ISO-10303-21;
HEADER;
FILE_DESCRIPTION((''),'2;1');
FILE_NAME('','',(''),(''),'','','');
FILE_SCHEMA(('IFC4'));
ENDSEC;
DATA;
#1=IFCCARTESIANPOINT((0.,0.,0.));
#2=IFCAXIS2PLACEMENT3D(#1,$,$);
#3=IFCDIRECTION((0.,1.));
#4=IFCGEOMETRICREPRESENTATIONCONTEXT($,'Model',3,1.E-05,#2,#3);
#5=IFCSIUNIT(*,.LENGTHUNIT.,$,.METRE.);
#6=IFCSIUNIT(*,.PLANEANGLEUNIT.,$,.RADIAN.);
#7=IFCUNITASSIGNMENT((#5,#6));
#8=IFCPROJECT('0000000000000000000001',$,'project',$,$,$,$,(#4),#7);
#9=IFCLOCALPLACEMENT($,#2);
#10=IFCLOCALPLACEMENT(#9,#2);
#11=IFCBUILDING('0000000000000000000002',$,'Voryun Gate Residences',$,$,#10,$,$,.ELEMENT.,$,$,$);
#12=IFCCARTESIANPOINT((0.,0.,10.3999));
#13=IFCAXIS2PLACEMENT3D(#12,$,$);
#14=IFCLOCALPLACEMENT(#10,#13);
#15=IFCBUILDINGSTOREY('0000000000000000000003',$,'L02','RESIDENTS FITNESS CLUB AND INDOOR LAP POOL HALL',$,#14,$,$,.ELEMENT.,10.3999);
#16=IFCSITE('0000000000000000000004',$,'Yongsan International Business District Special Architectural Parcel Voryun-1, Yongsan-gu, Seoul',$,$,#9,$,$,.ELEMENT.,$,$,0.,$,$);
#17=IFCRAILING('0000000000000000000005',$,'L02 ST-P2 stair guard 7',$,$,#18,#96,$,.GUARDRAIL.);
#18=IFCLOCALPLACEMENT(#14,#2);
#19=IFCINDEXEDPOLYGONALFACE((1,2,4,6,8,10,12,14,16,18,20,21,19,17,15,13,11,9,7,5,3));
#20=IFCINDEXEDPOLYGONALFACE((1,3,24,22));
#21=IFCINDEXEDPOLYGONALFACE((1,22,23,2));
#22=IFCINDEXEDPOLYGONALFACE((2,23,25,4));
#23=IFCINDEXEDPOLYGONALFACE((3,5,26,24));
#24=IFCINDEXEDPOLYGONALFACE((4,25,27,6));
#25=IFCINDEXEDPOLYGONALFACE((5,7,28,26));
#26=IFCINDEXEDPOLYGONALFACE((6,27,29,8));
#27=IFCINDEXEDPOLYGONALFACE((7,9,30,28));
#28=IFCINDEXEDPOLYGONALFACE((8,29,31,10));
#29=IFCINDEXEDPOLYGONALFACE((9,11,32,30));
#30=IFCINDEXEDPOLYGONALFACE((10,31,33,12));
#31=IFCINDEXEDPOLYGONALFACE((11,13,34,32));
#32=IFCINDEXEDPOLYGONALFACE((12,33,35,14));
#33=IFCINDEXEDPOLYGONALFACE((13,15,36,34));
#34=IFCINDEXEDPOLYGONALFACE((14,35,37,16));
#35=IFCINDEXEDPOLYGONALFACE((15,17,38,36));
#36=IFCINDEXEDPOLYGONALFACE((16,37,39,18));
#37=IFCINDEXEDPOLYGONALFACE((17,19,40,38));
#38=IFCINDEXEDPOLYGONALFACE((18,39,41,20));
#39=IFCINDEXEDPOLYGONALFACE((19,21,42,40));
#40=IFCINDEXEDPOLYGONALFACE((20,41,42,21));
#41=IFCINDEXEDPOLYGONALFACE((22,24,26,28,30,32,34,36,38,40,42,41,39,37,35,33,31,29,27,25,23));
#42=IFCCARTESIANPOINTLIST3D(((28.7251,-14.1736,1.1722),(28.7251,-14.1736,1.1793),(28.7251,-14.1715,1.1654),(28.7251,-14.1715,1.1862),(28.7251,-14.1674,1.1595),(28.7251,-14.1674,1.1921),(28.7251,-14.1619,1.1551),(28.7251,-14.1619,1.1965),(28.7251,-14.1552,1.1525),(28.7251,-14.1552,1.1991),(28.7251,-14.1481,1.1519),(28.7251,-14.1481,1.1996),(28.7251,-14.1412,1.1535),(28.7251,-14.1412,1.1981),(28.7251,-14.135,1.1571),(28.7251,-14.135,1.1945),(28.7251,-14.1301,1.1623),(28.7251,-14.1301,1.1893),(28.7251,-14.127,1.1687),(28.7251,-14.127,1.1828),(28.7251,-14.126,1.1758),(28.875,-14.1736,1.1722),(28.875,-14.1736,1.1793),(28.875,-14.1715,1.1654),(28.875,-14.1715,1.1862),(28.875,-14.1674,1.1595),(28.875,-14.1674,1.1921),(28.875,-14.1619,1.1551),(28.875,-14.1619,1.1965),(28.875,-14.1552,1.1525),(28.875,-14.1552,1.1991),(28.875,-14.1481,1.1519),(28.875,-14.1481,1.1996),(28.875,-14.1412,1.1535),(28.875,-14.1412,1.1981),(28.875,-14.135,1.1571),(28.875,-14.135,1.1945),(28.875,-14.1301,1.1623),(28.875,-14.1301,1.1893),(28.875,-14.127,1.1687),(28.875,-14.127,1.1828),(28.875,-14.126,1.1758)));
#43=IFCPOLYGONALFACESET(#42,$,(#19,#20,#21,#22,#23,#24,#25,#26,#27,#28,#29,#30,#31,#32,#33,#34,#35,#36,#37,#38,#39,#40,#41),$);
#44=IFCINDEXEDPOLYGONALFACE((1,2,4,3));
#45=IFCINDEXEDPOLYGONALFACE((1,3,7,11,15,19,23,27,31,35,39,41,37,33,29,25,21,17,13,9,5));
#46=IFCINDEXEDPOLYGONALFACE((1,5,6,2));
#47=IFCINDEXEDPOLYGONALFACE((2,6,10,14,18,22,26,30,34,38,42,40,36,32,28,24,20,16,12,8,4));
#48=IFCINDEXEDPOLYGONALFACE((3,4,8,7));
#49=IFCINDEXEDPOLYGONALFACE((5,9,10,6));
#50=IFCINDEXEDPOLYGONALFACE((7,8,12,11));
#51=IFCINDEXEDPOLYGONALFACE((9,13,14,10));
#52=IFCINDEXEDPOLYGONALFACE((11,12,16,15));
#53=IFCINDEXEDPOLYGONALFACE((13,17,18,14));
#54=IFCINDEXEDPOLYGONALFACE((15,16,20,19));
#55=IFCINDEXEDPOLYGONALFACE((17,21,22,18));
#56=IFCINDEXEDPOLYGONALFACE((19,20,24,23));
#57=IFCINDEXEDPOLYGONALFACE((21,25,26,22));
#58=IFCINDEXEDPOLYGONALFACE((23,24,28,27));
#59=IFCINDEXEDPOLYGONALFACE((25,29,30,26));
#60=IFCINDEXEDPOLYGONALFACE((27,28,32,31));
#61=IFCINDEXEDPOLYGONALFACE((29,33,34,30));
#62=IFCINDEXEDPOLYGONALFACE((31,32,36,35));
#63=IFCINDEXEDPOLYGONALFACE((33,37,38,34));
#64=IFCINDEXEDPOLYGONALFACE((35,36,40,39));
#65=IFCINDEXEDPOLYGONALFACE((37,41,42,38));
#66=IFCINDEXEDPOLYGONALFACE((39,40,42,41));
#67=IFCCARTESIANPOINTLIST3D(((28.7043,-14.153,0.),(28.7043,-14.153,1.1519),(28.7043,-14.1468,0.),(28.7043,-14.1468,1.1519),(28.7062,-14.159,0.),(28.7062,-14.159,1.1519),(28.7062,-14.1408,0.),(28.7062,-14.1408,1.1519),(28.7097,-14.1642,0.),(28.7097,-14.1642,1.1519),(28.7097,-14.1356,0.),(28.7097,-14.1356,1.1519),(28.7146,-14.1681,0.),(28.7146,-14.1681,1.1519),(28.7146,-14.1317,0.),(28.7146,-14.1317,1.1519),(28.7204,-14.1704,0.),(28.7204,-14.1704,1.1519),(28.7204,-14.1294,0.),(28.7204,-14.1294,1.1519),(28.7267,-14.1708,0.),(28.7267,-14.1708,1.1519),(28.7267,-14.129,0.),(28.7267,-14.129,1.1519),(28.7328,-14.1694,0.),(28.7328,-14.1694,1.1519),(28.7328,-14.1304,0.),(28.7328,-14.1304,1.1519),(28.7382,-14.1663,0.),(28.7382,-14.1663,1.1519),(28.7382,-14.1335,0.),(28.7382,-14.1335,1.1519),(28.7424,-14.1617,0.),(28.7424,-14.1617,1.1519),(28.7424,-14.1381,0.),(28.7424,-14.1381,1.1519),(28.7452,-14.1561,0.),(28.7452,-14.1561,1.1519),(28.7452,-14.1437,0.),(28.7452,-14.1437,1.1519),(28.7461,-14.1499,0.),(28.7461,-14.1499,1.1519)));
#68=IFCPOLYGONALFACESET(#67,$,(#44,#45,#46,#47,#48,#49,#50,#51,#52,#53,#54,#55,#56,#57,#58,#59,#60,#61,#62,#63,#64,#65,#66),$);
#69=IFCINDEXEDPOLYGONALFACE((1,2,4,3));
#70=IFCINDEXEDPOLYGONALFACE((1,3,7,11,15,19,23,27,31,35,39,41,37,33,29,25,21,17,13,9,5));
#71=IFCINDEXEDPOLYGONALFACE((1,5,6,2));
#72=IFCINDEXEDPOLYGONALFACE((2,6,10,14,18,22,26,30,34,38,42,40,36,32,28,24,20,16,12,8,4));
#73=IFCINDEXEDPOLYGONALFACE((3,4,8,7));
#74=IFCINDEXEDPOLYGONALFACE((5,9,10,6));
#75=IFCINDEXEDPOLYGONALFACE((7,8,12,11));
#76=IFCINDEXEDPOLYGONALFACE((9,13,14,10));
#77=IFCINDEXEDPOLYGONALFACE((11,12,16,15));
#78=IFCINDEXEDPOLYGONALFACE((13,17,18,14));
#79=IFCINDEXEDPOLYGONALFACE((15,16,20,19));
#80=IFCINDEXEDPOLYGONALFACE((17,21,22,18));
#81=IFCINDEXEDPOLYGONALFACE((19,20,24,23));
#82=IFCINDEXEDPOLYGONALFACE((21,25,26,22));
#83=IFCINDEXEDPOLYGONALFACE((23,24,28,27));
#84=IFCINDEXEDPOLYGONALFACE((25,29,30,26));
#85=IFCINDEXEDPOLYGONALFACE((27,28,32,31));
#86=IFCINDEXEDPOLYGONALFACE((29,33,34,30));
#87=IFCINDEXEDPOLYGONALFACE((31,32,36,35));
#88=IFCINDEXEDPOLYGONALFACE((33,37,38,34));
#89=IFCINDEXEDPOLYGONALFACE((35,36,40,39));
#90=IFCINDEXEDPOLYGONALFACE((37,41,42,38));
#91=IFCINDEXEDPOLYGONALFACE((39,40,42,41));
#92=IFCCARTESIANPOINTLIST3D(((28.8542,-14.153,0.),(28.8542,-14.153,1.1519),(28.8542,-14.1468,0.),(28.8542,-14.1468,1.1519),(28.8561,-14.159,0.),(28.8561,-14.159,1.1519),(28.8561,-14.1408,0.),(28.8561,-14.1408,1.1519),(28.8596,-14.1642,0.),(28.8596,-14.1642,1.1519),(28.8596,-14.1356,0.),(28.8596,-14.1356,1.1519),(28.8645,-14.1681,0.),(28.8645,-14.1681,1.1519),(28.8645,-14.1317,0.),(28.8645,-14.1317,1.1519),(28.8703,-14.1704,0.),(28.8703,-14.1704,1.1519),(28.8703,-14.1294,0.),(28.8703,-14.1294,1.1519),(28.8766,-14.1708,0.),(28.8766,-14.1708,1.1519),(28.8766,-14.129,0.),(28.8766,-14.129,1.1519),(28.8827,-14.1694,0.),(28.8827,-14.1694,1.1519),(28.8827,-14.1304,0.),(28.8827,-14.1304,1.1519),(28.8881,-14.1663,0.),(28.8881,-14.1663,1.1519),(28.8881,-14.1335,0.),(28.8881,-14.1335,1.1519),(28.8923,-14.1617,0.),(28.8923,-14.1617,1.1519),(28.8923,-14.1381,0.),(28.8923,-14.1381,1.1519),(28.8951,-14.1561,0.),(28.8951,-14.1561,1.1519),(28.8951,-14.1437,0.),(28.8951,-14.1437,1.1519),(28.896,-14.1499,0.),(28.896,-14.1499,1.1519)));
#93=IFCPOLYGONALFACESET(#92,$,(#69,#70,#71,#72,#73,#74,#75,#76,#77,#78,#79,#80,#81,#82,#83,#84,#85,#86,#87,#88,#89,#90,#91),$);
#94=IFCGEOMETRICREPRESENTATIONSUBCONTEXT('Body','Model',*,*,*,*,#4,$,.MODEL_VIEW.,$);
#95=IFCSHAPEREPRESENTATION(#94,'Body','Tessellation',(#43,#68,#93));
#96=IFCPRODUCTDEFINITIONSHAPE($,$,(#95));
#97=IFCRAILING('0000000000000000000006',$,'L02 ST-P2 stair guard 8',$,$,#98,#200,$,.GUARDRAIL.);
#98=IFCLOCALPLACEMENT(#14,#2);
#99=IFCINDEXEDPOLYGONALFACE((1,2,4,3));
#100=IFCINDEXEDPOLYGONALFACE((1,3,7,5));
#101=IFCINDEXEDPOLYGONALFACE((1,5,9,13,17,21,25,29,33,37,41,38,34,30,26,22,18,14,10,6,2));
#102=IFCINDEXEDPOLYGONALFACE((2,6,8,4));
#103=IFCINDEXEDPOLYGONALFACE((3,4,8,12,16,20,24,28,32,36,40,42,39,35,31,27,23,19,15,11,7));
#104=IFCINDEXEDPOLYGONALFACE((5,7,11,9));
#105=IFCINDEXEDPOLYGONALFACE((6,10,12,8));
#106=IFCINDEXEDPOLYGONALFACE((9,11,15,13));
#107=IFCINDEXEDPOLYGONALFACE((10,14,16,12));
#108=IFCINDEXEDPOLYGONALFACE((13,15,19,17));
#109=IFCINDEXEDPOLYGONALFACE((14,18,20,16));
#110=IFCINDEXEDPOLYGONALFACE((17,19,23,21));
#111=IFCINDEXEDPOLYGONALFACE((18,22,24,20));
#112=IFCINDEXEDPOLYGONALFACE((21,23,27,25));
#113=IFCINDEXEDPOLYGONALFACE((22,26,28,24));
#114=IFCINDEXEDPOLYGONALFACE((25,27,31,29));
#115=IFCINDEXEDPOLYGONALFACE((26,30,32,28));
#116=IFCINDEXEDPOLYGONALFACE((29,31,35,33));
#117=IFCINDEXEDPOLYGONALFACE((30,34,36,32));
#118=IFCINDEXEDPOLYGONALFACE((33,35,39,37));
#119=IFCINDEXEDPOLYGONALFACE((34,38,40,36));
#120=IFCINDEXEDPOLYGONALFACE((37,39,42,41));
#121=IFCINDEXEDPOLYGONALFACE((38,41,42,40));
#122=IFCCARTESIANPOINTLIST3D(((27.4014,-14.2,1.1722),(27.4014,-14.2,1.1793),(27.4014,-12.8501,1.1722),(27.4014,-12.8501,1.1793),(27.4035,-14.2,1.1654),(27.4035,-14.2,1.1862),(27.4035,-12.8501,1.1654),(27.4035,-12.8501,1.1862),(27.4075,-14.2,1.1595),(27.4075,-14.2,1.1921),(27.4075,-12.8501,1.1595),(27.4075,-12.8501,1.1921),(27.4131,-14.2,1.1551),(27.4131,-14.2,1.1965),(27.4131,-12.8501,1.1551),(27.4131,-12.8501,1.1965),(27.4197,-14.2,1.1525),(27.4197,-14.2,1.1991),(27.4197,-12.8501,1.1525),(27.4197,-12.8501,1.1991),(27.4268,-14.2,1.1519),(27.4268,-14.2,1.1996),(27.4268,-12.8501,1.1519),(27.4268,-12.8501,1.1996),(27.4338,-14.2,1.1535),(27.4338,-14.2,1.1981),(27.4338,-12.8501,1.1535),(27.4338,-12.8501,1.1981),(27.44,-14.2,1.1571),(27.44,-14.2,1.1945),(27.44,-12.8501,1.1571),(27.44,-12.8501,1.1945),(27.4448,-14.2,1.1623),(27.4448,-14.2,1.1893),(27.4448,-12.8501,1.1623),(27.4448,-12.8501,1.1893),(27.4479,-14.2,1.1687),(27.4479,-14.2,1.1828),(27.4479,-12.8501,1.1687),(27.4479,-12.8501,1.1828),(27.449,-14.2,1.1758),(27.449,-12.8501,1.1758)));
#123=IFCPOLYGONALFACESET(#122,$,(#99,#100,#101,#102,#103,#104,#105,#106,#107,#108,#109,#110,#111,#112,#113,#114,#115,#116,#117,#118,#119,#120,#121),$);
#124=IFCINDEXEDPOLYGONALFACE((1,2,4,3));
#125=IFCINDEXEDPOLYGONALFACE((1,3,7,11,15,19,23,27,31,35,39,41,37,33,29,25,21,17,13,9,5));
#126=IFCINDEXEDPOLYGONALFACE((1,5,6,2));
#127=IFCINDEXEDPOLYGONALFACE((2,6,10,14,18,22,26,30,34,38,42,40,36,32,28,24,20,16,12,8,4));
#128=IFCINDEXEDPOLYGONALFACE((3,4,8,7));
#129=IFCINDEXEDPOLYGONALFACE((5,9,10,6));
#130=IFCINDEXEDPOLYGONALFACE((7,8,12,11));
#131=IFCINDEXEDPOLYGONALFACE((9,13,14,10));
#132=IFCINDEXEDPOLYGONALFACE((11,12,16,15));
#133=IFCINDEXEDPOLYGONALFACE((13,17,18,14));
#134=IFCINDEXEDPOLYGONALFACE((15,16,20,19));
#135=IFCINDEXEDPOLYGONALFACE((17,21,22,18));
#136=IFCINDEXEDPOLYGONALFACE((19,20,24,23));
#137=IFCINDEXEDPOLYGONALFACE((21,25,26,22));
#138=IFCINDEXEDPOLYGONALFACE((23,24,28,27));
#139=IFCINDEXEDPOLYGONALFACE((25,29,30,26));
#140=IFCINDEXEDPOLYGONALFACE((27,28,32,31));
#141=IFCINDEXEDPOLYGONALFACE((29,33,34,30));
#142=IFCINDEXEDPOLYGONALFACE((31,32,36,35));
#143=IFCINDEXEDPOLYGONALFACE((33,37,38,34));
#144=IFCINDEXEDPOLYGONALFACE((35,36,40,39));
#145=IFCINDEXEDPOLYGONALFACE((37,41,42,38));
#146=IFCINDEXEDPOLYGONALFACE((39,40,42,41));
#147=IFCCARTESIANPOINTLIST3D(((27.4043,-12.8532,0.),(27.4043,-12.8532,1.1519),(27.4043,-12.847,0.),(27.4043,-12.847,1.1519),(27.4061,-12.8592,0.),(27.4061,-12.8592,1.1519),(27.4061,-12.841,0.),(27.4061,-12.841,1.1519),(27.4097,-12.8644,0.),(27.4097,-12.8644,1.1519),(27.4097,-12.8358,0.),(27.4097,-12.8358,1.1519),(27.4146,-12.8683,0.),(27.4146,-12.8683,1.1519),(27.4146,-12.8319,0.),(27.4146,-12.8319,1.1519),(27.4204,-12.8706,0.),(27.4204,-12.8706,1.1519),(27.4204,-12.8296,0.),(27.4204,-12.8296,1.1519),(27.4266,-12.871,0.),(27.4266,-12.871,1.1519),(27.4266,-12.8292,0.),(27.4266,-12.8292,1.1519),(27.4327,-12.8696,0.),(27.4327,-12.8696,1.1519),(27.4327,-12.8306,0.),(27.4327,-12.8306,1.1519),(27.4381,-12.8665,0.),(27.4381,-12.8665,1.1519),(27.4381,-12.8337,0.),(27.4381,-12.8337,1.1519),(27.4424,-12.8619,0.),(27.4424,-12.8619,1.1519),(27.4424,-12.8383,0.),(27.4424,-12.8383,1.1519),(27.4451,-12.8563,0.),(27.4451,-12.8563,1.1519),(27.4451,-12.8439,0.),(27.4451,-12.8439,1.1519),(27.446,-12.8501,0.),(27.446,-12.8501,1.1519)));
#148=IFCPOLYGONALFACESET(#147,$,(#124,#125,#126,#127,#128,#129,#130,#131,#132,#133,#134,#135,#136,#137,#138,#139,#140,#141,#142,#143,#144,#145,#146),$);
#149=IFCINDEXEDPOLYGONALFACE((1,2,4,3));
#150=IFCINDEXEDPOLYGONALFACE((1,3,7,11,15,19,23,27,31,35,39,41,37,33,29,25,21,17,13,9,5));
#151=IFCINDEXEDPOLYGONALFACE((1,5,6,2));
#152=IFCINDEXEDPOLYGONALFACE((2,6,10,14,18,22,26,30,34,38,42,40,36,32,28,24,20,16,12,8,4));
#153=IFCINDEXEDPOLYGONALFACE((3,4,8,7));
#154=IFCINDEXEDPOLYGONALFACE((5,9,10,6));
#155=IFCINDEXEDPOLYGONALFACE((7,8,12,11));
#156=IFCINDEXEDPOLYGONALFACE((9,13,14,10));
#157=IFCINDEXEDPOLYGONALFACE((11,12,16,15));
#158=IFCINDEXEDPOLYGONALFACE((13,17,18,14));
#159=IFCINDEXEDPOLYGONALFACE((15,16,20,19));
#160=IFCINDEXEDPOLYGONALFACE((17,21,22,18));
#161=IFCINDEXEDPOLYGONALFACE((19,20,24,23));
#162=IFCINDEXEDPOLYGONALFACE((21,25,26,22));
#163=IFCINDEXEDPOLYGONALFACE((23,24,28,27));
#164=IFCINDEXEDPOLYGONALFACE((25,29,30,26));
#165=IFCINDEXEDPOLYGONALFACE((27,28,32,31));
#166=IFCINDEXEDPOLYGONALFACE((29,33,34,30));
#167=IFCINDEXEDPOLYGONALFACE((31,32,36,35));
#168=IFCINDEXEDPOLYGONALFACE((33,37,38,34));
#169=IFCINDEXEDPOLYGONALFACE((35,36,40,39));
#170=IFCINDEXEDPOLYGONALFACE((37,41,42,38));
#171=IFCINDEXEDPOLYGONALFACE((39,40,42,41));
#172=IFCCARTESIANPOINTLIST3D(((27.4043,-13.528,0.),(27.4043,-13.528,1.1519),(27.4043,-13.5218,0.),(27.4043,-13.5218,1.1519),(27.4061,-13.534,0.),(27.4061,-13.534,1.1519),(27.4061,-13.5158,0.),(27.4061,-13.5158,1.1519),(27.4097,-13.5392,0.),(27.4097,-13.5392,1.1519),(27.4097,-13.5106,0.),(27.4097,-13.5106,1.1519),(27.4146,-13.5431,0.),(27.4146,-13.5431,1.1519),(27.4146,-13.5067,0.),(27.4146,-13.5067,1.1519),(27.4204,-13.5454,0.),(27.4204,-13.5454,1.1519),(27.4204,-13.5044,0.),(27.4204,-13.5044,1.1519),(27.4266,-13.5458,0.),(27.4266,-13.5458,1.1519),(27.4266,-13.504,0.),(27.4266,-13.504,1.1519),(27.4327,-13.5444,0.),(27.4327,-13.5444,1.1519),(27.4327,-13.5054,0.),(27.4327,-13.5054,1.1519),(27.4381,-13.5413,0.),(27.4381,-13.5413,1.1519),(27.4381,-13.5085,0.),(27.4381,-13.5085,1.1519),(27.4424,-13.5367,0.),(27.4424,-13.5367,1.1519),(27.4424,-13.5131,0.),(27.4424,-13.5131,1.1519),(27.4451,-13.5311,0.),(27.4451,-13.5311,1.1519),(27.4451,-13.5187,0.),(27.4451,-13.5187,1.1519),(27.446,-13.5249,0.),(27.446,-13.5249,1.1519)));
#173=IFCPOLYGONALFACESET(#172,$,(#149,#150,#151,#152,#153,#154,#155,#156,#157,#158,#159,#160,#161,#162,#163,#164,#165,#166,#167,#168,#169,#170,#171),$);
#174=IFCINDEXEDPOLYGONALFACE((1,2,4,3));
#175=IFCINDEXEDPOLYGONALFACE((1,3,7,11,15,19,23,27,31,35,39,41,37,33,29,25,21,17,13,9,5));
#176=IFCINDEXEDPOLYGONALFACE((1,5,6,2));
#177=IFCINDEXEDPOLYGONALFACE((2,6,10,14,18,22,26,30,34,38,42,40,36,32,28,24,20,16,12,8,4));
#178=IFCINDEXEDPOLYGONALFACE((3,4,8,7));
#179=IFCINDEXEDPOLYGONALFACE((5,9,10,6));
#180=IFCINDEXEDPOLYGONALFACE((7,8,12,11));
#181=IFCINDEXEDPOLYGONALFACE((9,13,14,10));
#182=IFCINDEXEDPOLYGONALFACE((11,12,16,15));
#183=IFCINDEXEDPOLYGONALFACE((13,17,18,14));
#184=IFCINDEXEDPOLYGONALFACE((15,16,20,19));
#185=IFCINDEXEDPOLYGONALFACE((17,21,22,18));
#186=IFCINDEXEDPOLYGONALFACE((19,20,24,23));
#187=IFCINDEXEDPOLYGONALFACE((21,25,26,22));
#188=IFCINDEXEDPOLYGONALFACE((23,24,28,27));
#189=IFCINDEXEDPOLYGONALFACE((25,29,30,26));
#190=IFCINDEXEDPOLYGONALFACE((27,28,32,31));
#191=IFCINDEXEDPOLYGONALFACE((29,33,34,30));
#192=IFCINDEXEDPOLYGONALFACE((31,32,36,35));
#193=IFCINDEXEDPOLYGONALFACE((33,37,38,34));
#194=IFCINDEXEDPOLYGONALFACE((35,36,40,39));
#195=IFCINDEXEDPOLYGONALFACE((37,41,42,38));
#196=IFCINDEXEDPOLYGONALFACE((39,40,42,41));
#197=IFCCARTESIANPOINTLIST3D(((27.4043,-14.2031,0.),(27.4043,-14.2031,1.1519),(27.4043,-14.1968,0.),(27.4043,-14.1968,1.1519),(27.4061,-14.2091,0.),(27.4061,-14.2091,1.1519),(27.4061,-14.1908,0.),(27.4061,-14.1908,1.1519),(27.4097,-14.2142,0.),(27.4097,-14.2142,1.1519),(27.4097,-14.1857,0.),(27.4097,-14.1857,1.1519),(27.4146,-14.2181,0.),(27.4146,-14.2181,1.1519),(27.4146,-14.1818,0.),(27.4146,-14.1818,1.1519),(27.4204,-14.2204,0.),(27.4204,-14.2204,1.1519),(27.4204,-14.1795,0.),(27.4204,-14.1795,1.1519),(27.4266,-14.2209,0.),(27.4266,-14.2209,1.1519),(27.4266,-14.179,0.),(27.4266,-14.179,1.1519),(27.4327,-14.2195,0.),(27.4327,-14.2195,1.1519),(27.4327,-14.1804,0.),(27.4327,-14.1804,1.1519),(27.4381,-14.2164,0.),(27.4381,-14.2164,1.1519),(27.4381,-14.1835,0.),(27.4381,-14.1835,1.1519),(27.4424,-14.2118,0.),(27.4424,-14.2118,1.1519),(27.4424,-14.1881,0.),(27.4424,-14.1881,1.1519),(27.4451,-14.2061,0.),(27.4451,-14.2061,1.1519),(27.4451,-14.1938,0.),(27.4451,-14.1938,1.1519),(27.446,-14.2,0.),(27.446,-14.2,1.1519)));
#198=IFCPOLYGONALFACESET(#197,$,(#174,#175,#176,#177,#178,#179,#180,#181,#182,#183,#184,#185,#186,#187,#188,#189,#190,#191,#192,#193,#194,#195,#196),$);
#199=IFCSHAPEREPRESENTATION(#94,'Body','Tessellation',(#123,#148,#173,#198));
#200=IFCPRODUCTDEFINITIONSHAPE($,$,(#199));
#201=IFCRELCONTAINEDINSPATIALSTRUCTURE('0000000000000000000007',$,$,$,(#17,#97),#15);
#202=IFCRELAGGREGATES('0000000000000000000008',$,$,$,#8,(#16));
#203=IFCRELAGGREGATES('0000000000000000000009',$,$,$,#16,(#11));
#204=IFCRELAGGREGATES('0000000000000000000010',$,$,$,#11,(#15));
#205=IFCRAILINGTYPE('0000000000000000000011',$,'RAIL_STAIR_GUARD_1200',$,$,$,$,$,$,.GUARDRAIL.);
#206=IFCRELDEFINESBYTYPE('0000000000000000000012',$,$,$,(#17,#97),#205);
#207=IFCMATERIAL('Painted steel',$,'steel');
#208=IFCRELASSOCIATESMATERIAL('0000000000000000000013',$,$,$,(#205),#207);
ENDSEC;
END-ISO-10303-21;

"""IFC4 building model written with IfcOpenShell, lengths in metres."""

from ifc_helpers import new_model, si_unit, direction, frame, origin, origin_2d, place, context, subcontext, project, spatial, circle, extrude, material, type_object, element, save


model = new_model("IFC4")

# Units and contexts
model_context = context("Model", 3, precision=1e-05, world=origin(), true_north=direction((0.0, 1.0)))
body_context = subcontext(model_context, "Body", "Model", "MODEL_VIEW")
ifc_project = project(units=[si_unit("LENGTHUNIT", "METRE"), si_unit("PLANEANGLEUNIT", "RADIAN")], contexts=[model_context])

# Site, building, storey
site_placement = place(None, origin())
site = spatial("IfcSite", under=ifc_project, at=site_placement, Name="Yongsan International Business District Special Architectural Parcel Voryun-1, Yongsan-gu, Seoul", CompositionType="ELEMENT", RefElevation=0.0)
building_placement = place(site_placement, origin())
building = spatial("IfcBuilding", under=site, at=building_placement, Name="Voryun Gate Residences", CompositionType="ELEMENT")
storey_placement = place(building_placement, frame((0.0, 0.0, 10.3999)))
storey = spatial("IfcBuildingStorey", under=building, at=storey_placement, Name="L02", Description="RESIDENTS FITNESS CLUB AND INDOOR LAP POOL HALL", CompositionType="ELEMENT", Elevation=10.3999)

# Railings
ifc_material_1 = material(Name="Painted steel", Category="steel")
railing_type_1 = type_object("IfcRailingType", Name="RAIL_STAIR_GUARD_1200", PredefinedType="GUARDRAIL", material=ifc_material_1)
railing_1_placement = place(storey_placement, frame((28.7251, -14.1499, 0.0)))
element("IfcRailing", 1, at=railing_1_placement, inside=storey, type_object=railing_type_1, Name="L02 ST-P2 stair guard 7", PredefinedType="GUARDRAIL", context=body_context, shape_type="SweptSolid", body=[
    extrude(circle(Radius=0.0239, at=origin_2d()), frame((0.0, 0.0, 1.1758), z_axis=(1.0, 0.0, 0.0), x_axis=(0.0, 1.0, 0.0)), (0.0, 0.0, 1.0), 0.1499),
    extrude(circle(Radius=0.021, at=origin_2d()), origin(), (0.0, 0.0, 1.0), 1.1519),
    extrude(circle(Radius=0.021, at=origin_2d()), frame((0.1499, 0.0, 0.0)), (0.0, 0.0, 1.0), 1.1519),
])
for number, where, name in (
    (2, (27.425, -12.8501, 0.0), "L02 ST-P2 stair guard 8"),
):
    element("IfcRailing", number, at=place(storey_placement, frame(where)), inside=storey, type_object=railing_type_1, Name=name, PredefinedType="GUARDRAIL", context=body_context, shape_type="SweptSolid", body=[
        extrude(circle(Radius=0.0239, at=origin_2d()), frame((0.0, 0.0, 1.1758), z_axis=(0.0, -1.0, 0.0), x_axis=(1.0, 0.0, 0.0)), (0.0, 0.0, 1.0), 1.3499),
        extrude(circle(Radius=0.021, at=origin_2d()), origin(), (0.0, 0.0, 1.0), 1.1519),
        extrude(circle(Radius=0.021, at=origin_2d()), frame((0.0, -0.6748, 0.0)), (0.0, 0.0, 1.0), 1.1519),
        extrude(circle(Radius=0.021, at=origin_2d()), frame((0.0, -1.3499, 0.0)), (0.0, 0.0, 1.0), 1.1519),
    ])

save(model, "model.ifc")
